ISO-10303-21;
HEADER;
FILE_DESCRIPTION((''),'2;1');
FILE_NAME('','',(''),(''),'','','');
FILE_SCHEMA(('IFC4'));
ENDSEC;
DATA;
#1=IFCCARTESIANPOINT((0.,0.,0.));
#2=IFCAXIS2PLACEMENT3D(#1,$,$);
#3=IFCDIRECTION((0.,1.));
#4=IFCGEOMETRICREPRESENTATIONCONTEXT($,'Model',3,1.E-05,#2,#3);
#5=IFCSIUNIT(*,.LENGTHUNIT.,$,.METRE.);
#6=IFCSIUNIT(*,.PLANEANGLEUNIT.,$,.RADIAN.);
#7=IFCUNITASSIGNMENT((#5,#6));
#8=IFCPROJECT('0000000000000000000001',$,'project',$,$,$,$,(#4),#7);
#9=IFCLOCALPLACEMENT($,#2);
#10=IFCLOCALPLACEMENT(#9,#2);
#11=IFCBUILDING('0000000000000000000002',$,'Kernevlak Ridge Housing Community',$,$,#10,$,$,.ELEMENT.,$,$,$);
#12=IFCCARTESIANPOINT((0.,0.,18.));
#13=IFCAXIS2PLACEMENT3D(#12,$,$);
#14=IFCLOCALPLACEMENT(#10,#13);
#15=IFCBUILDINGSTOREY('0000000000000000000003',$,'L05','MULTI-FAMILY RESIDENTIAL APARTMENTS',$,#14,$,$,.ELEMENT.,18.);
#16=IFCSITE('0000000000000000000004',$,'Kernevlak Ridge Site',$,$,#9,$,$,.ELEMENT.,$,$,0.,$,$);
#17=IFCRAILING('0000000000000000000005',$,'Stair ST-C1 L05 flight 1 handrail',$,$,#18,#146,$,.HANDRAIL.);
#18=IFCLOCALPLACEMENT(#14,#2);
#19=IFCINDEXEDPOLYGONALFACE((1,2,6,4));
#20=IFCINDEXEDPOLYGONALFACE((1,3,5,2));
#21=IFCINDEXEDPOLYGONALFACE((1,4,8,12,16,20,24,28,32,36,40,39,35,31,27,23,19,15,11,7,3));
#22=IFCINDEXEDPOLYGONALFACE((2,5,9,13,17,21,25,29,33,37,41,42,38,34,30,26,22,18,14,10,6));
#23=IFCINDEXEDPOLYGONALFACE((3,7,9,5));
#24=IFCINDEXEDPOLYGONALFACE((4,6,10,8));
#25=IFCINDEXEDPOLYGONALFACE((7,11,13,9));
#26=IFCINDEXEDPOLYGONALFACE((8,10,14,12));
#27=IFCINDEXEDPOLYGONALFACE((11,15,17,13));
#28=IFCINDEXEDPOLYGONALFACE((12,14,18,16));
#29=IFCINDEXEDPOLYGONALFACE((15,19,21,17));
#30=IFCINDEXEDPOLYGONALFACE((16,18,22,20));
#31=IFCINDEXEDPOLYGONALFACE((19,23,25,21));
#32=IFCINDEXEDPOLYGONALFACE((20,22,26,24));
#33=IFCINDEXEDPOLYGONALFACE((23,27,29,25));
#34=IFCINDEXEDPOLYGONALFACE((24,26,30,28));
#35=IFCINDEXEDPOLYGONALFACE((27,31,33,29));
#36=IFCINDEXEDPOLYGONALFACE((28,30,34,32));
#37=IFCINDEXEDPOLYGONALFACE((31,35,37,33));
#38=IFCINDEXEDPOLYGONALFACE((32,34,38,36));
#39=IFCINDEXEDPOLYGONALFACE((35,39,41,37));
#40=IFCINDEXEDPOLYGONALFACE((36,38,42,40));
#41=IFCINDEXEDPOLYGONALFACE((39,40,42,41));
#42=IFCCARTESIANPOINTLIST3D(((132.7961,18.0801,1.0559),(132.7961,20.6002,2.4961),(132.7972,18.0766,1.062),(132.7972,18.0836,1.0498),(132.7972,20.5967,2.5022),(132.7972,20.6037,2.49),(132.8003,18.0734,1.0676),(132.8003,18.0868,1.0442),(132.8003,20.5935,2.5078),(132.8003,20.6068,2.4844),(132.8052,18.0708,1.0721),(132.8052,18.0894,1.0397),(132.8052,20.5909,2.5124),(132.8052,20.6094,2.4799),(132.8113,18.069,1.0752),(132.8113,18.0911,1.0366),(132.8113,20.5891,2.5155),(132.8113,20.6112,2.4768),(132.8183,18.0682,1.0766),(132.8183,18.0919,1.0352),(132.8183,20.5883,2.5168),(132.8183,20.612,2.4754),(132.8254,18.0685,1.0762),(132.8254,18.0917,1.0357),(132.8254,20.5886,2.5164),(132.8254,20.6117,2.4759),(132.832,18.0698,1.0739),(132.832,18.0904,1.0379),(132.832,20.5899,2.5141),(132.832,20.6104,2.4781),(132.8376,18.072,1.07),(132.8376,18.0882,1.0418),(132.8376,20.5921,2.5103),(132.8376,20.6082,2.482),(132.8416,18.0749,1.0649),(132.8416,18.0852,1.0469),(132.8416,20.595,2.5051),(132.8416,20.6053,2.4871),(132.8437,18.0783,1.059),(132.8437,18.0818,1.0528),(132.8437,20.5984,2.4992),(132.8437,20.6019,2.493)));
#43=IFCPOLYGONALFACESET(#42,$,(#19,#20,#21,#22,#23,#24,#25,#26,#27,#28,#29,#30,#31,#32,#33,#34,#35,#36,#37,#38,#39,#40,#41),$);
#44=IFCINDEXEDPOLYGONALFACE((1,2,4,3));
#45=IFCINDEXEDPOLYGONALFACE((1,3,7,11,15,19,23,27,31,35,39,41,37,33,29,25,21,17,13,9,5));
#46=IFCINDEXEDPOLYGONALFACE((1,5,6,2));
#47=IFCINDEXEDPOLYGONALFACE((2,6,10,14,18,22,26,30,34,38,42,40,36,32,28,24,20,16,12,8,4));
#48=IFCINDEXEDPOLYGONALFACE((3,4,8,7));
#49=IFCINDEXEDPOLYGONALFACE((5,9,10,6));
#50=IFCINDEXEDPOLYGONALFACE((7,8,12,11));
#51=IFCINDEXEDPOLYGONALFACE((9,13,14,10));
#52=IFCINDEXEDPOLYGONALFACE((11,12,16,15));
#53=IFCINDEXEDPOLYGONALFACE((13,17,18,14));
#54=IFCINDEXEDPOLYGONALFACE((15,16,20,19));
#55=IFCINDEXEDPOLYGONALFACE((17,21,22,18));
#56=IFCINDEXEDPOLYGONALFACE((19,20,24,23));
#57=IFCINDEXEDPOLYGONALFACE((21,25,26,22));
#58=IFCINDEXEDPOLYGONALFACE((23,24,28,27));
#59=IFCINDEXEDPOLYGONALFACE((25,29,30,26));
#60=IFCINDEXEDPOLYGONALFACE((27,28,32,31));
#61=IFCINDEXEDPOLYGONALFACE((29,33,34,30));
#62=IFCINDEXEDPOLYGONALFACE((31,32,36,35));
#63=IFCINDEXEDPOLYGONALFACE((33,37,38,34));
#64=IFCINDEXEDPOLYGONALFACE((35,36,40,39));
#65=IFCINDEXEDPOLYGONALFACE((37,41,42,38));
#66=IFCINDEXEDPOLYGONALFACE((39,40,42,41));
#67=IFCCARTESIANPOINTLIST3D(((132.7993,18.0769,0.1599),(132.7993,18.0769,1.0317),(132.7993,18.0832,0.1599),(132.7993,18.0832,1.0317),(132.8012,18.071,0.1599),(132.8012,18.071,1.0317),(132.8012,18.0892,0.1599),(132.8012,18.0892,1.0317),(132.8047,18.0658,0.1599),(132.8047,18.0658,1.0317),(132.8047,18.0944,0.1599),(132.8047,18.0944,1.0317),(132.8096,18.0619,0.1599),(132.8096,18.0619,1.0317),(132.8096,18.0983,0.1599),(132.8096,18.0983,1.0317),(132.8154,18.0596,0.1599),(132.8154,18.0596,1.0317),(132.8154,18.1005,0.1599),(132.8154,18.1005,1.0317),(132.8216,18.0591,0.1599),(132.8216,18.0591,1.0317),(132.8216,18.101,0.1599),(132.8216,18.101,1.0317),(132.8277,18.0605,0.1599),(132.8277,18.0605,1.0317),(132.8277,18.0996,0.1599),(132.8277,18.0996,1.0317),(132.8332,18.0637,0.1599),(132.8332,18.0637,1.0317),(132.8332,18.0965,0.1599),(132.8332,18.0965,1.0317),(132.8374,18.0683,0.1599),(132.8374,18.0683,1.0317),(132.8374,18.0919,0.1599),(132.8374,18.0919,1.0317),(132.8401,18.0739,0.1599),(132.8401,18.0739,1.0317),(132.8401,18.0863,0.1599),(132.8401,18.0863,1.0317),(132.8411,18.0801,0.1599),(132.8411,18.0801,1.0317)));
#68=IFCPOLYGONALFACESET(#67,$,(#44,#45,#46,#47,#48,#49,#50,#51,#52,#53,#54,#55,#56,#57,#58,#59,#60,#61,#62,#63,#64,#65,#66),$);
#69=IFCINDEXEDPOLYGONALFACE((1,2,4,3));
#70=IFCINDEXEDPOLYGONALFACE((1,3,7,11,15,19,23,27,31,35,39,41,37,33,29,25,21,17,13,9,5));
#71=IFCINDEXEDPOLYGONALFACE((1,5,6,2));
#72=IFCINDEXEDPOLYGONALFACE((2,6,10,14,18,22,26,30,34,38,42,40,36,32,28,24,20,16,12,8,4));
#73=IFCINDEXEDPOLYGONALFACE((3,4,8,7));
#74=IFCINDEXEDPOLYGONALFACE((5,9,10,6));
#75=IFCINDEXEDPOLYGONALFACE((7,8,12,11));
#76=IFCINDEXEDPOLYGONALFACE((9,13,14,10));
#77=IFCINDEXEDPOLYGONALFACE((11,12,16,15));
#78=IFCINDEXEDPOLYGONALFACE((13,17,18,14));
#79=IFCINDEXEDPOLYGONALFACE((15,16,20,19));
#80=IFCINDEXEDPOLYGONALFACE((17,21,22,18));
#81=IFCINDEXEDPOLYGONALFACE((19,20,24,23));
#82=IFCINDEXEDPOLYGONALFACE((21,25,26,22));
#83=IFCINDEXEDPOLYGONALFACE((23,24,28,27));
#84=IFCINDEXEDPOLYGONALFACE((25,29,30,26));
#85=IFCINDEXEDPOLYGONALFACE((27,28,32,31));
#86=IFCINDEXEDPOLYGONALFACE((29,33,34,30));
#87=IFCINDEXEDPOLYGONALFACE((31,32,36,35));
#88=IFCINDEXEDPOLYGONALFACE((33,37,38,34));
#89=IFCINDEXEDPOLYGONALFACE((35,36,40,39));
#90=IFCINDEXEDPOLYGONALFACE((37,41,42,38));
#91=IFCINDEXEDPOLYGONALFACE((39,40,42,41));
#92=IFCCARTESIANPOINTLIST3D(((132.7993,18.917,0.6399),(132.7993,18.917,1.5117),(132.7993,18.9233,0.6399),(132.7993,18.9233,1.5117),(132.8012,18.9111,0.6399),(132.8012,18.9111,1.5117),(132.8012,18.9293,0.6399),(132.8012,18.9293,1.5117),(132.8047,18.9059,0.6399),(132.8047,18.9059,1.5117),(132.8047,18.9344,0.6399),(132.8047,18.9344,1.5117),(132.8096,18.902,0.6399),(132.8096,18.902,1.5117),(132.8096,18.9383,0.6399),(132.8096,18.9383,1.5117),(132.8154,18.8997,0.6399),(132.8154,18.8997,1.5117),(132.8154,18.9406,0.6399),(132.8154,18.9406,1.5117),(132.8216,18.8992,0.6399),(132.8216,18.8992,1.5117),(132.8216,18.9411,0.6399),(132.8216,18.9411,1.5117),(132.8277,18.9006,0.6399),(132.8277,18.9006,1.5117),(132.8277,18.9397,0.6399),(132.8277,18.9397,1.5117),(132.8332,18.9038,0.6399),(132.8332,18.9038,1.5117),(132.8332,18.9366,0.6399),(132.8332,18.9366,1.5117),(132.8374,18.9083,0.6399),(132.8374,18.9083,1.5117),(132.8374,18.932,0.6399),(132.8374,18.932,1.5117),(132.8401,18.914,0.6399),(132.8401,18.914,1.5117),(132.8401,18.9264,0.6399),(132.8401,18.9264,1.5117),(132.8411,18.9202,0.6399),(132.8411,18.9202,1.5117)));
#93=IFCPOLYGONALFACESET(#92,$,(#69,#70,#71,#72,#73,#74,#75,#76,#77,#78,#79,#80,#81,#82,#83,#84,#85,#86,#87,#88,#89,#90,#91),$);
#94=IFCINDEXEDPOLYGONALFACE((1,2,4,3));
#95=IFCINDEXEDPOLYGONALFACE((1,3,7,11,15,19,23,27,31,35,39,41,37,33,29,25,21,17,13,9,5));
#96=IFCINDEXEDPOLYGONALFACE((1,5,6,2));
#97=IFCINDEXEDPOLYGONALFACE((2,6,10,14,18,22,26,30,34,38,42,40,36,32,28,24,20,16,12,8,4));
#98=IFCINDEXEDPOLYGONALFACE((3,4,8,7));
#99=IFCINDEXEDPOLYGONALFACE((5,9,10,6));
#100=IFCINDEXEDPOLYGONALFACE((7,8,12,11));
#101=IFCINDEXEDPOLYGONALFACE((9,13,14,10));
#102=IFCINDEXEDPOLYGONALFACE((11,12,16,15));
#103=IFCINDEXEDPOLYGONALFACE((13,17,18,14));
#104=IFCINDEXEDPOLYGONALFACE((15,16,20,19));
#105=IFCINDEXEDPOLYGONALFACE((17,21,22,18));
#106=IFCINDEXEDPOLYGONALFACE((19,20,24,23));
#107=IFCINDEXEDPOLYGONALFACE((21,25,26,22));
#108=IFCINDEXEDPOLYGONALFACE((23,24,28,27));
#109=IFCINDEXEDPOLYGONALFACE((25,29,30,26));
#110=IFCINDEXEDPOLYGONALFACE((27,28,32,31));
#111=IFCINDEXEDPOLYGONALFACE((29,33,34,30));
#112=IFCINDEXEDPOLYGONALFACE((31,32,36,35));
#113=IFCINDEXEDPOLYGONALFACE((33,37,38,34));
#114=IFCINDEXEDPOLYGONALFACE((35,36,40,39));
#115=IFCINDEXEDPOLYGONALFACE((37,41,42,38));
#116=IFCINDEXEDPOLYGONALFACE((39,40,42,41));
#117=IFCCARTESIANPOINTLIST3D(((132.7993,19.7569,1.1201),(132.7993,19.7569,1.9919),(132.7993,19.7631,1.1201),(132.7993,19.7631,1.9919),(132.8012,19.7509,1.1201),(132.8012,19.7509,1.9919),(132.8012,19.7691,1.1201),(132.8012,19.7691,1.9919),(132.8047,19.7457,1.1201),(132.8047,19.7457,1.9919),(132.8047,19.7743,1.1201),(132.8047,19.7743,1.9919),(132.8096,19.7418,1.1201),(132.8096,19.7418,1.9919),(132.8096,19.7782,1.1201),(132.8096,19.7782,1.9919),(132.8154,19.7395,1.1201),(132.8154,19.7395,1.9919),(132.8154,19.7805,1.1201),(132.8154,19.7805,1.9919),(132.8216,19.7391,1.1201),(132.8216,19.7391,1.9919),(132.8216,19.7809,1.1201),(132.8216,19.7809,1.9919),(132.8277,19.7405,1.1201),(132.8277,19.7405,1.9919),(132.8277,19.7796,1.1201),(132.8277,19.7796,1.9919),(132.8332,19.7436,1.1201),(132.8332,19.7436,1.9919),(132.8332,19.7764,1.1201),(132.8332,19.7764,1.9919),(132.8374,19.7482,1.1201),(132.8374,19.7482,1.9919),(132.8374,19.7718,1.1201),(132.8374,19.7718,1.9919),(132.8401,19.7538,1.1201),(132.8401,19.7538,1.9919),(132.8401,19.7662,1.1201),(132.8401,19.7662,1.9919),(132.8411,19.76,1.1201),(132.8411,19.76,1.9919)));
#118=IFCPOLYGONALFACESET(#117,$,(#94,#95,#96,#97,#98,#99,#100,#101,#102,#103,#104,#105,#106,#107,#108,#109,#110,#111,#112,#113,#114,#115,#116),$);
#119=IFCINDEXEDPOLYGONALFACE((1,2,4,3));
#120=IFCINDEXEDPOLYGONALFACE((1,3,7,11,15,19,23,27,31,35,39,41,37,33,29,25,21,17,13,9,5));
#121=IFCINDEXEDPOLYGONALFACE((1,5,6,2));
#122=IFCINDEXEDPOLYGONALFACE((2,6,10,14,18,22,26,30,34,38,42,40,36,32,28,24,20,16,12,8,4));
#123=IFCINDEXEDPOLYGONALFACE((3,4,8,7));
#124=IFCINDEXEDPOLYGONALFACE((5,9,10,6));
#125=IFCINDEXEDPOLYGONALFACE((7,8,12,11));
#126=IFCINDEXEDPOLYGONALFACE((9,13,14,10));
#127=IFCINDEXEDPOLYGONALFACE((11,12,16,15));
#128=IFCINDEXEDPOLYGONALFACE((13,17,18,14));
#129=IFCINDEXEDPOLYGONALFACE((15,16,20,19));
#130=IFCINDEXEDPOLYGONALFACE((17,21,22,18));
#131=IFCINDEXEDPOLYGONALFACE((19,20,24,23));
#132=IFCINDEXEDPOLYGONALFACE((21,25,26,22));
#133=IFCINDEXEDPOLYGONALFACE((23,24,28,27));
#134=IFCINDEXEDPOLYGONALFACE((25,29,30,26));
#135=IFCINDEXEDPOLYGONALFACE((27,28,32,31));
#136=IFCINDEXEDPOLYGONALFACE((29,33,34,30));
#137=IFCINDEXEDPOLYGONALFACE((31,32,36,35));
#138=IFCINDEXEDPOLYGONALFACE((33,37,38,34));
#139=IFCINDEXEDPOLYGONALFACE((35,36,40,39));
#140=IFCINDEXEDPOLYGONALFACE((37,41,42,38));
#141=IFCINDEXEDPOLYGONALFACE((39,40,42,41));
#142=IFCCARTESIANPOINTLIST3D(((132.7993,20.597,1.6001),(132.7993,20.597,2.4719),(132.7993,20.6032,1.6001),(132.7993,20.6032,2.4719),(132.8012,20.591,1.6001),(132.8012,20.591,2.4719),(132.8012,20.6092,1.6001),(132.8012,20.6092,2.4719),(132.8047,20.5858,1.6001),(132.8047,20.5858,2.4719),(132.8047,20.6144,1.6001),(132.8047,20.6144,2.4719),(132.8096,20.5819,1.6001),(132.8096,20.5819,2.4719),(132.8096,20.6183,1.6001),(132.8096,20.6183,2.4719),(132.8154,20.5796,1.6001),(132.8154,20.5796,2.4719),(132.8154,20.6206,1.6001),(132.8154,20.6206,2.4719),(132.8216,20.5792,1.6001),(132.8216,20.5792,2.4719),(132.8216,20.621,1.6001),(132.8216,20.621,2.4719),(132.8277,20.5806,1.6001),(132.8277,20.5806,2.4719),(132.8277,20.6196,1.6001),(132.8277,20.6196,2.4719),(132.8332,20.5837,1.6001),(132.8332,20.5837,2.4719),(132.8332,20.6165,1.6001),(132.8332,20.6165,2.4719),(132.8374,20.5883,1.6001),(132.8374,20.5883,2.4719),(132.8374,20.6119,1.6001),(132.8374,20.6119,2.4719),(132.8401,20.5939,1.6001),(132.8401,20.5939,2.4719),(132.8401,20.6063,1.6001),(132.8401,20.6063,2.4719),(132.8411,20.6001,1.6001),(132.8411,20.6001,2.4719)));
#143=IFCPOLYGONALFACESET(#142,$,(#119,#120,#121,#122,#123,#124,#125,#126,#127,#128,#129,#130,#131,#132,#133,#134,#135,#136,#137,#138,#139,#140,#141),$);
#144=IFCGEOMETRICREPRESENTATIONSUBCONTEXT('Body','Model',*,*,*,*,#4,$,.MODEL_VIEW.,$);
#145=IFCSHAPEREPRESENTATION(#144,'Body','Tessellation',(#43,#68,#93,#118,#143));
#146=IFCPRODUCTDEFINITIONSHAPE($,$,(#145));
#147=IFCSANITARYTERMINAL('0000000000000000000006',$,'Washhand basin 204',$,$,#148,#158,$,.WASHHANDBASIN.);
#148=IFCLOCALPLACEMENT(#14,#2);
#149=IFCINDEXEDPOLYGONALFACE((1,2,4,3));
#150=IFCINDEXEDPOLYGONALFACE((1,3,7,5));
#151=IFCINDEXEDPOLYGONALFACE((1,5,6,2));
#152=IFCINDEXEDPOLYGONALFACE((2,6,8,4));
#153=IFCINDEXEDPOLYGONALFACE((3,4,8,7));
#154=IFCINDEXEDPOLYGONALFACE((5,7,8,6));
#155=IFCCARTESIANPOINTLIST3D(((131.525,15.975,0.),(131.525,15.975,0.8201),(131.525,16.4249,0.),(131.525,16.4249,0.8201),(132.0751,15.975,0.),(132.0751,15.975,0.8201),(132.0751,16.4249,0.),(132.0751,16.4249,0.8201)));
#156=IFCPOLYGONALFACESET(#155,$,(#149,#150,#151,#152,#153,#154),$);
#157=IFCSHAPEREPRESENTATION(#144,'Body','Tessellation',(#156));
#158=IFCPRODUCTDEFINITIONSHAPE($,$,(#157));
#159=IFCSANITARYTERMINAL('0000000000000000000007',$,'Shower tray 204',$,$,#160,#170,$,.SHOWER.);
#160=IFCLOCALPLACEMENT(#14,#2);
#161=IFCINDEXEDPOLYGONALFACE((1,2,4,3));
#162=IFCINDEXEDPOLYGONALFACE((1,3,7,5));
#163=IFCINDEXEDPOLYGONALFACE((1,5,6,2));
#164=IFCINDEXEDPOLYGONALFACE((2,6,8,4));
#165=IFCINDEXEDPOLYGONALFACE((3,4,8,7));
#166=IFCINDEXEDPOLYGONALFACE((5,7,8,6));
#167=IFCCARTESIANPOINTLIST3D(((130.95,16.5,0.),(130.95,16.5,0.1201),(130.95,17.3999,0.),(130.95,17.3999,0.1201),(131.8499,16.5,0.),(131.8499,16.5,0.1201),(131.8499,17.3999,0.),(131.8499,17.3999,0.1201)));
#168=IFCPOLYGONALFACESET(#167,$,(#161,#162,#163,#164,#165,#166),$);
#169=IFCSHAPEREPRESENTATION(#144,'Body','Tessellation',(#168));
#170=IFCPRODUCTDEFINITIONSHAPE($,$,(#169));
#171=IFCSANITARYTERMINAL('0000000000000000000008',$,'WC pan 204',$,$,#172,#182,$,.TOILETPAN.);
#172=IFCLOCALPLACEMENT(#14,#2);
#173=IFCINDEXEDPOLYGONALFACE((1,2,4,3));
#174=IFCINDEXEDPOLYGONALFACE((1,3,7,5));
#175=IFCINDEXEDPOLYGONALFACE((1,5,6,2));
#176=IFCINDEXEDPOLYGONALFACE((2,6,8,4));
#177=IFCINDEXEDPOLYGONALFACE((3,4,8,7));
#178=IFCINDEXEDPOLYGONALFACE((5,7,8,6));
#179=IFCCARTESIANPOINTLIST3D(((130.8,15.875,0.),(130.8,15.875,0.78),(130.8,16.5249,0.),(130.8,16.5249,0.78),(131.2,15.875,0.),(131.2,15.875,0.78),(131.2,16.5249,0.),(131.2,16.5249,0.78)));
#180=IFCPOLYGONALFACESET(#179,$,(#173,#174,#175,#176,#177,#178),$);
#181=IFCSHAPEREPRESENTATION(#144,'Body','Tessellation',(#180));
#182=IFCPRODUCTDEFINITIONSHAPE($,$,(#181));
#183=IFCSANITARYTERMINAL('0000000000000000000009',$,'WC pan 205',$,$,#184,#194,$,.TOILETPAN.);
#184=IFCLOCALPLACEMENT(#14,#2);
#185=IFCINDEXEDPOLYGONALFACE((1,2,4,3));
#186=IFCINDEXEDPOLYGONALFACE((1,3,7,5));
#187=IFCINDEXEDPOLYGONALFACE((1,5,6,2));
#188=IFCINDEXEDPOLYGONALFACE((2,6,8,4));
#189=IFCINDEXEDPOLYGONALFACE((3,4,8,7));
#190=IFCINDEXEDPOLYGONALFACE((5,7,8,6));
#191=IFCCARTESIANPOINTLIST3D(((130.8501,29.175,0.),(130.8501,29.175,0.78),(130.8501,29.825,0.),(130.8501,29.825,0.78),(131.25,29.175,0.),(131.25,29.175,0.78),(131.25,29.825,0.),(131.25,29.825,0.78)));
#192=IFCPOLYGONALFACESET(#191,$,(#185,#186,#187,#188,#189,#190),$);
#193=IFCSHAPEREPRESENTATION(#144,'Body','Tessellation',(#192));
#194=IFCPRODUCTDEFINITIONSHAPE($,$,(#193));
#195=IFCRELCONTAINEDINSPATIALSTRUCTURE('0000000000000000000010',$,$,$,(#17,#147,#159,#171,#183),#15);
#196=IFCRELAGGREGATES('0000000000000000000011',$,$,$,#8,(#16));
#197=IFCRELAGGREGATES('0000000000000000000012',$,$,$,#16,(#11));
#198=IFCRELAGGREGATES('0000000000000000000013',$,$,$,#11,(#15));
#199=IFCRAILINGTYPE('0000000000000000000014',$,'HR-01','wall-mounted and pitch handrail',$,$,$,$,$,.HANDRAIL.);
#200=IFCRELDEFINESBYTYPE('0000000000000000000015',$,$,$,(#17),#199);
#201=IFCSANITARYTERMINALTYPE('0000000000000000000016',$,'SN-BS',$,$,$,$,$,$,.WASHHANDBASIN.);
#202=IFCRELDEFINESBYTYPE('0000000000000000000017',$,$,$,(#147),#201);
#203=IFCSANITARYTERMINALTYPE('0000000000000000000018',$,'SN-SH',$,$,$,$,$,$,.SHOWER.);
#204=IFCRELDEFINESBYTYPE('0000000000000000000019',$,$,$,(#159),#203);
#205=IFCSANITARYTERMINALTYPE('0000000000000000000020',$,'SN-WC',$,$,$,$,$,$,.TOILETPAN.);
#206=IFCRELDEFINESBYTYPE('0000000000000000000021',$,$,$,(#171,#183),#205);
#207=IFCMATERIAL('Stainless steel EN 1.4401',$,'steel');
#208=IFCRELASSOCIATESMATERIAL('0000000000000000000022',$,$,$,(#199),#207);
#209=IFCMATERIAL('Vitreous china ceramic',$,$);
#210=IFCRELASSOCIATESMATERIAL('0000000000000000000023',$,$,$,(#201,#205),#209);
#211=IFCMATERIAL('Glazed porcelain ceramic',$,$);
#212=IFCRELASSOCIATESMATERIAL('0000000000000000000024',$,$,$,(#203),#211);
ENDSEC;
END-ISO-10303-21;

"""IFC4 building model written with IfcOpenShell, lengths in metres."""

from ifc_helpers import new_model, si_unit, direction, frame, origin, origin_2d, place, context, subcontext, project, spatial, rectangle, circle, extrude, material, type_object, element, save


model = new_model("IFC4")

# Units and contexts
model_context = context("Model", 3, precision=1e-05, world=origin(), true_north=direction((0.0, 1.0)))
body_context = subcontext(model_context, "Body", "Model", "MODEL_VIEW")
ifc_project = project(units=[si_unit("LENGTHUNIT", "METRE"), si_unit("PLANEANGLEUNIT", "RADIAN")], contexts=[model_context])

# Site, building, storey
site_placement = place(None, origin())
site = spatial("IfcSite", under=ifc_project, at=site_placement, Name="Kernevlak Ridge Site", CompositionType="ELEMENT", RefElevation=0.0)
building_placement = place(site_placement, origin())
building = spatial("IfcBuilding", under=site, at=building_placement, Name="Kernevlak Ridge Housing Community", CompositionType="ELEMENT")
storey_placement = place(building_placement, frame((0.0, 0.0, 18.0)))
storey = spatial("IfcBuildingStorey", under=building, at=storey_placement, Name="L05", Description="MULTI-FAMILY RESIDENTIAL APARTMENTS", CompositionType="ELEMENT", Elevation=18.0)

# Railing
ifc_material_1 = material(Name="Stainless steel EN 1.4401", Category="steel")
railing_type_1 = type_object("IfcRailingType", Name="HR-01", Description="wall-mounted and pitch handrail", PredefinedType="HANDRAIL", material=ifc_material_1)
railing_1_placement = place(storey_placement, frame((132.8201, 18.0801, 0.1599)))
element("IfcRailing", 1, at=railing_1_placement, inside=storey, type_object=railing_type_1, Name="Stair ST-C1 L05 flight 1 handrail", PredefinedType="HANDRAIL", context=body_context, shape_type="SweptSolid", body=[
    extrude(circle(Radius=0.0239, at=origin_2d()), frame((0.0, 0.0, 0.896), z_axis=(0.0, 0.868217, 0.496184), x_axis=(-1.0, 0.0, 0.0)), (0.0, 0.0, 1.0), 2.9026),
    extrude(circle(Radius=0.021, at=origin_2d()), origin(), (0.0, 0.0, 1.0), 0.8718),
    extrude(circle(Radius=0.021, at=origin_2d()), frame((0.0, 0.8401, 0.48)), (0.0, 0.0, 1.0), 0.8718),
    extrude(circle(Radius=0.021, at=origin_2d()), frame((0.0, 1.6799, 0.9602)), (0.0, 0.0, 1.0), 0.8718),
    extrude(circle(Radius=0.021, at=origin_2d()), frame((0.0, 2.52, 1.4402)), (0.0, 0.0, 1.0), 0.8718),
])

# Sanitary terminals
ifc_material_2 = material(Name="Vitreous china ceramic")
sanitary_terminal_type_1 = type_object("IfcSanitaryTerminalType", Name="SN-BS", PredefinedType="WASHHANDBASIN", material=ifc_material_2)
sanitary_terminal_1_placement = place(storey_placement, frame((131.8, 16.2, 0.0), z_axis=(0.0, 0.0, 1.0), x_axis=(1.0, 0.0, 0.0)))
element("IfcSanitaryTerminal", 2, at=sanitary_terminal_1_placement, inside=storey, type_object=sanitary_terminal_type_1, Name="Washhand basin 204", PredefinedType="WASHHANDBASIN", context=body_context, shape_type="SweptSolid", body=[
    extrude(rectangle(XDim=0.55, YDim=0.45, at=origin_2d()), origin(), (0.0, 0.0, 1.0), 0.8201),
])
ifc_material_3 = material(Name="Glazed porcelain ceramic")
sanitary_terminal_type_2 = type_object("IfcSanitaryTerminalType", Name="SN-SH", PredefinedType="SHOWER", material=ifc_material_3)
sanitary_terminal_2_placement = place(storey_placement, frame((131.3999, 16.95, 0.0), z_axis=(0.0, 0.0, 1.0), x_axis=(1.0, 0.0, 0.0)))
element("IfcSanitaryTerminal", 3, at=sanitary_terminal_2_placement, inside=storey, type_object=sanitary_terminal_type_2, Name="Shower tray 204", PredefinedType="SHOWER", context=body_context, shape_type="SweptSolid", body=[
    extrude(rectangle(XDim=0.8999, YDim=0.8999, at=origin_2d()), origin(), (0.0, 0.0, 1.0), 0.1201),
])
sanitary_terminal_type_3 = type_object("IfcSanitaryTerminalType", Name="SN-WC", PredefinedType="TOILETPAN", material=ifc_material_2)
for number, where, z_axis, x_axis, name in (
    (4, (131.0, 16.2, 0.0), (0.0, 0.0, 1.0), (1.0, 0.0, 0.0), "WC pan 204"),
    (5, (131.05, 29.5, 0.0), (0.0, 0.0, 1.0), (1.0, 0.0, 0.0), "WC pan 205"),
):
    element("IfcSanitaryTerminal", number, at=place(storey_placement, frame(where, z_axis=z_axis, x_axis=x_axis)), inside=storey, type_object=sanitary_terminal_type_3, Name=name, PredefinedType="TOILETPAN", context=body_context, shape_type="SweptSolid", body=[
        extrude(rectangle(XDim=0.3999, YDim=0.6499, at=origin_2d()), origin(), (0.0, 0.0, 1.0), 0.78),
    ])

save(model, "model.ifc")
